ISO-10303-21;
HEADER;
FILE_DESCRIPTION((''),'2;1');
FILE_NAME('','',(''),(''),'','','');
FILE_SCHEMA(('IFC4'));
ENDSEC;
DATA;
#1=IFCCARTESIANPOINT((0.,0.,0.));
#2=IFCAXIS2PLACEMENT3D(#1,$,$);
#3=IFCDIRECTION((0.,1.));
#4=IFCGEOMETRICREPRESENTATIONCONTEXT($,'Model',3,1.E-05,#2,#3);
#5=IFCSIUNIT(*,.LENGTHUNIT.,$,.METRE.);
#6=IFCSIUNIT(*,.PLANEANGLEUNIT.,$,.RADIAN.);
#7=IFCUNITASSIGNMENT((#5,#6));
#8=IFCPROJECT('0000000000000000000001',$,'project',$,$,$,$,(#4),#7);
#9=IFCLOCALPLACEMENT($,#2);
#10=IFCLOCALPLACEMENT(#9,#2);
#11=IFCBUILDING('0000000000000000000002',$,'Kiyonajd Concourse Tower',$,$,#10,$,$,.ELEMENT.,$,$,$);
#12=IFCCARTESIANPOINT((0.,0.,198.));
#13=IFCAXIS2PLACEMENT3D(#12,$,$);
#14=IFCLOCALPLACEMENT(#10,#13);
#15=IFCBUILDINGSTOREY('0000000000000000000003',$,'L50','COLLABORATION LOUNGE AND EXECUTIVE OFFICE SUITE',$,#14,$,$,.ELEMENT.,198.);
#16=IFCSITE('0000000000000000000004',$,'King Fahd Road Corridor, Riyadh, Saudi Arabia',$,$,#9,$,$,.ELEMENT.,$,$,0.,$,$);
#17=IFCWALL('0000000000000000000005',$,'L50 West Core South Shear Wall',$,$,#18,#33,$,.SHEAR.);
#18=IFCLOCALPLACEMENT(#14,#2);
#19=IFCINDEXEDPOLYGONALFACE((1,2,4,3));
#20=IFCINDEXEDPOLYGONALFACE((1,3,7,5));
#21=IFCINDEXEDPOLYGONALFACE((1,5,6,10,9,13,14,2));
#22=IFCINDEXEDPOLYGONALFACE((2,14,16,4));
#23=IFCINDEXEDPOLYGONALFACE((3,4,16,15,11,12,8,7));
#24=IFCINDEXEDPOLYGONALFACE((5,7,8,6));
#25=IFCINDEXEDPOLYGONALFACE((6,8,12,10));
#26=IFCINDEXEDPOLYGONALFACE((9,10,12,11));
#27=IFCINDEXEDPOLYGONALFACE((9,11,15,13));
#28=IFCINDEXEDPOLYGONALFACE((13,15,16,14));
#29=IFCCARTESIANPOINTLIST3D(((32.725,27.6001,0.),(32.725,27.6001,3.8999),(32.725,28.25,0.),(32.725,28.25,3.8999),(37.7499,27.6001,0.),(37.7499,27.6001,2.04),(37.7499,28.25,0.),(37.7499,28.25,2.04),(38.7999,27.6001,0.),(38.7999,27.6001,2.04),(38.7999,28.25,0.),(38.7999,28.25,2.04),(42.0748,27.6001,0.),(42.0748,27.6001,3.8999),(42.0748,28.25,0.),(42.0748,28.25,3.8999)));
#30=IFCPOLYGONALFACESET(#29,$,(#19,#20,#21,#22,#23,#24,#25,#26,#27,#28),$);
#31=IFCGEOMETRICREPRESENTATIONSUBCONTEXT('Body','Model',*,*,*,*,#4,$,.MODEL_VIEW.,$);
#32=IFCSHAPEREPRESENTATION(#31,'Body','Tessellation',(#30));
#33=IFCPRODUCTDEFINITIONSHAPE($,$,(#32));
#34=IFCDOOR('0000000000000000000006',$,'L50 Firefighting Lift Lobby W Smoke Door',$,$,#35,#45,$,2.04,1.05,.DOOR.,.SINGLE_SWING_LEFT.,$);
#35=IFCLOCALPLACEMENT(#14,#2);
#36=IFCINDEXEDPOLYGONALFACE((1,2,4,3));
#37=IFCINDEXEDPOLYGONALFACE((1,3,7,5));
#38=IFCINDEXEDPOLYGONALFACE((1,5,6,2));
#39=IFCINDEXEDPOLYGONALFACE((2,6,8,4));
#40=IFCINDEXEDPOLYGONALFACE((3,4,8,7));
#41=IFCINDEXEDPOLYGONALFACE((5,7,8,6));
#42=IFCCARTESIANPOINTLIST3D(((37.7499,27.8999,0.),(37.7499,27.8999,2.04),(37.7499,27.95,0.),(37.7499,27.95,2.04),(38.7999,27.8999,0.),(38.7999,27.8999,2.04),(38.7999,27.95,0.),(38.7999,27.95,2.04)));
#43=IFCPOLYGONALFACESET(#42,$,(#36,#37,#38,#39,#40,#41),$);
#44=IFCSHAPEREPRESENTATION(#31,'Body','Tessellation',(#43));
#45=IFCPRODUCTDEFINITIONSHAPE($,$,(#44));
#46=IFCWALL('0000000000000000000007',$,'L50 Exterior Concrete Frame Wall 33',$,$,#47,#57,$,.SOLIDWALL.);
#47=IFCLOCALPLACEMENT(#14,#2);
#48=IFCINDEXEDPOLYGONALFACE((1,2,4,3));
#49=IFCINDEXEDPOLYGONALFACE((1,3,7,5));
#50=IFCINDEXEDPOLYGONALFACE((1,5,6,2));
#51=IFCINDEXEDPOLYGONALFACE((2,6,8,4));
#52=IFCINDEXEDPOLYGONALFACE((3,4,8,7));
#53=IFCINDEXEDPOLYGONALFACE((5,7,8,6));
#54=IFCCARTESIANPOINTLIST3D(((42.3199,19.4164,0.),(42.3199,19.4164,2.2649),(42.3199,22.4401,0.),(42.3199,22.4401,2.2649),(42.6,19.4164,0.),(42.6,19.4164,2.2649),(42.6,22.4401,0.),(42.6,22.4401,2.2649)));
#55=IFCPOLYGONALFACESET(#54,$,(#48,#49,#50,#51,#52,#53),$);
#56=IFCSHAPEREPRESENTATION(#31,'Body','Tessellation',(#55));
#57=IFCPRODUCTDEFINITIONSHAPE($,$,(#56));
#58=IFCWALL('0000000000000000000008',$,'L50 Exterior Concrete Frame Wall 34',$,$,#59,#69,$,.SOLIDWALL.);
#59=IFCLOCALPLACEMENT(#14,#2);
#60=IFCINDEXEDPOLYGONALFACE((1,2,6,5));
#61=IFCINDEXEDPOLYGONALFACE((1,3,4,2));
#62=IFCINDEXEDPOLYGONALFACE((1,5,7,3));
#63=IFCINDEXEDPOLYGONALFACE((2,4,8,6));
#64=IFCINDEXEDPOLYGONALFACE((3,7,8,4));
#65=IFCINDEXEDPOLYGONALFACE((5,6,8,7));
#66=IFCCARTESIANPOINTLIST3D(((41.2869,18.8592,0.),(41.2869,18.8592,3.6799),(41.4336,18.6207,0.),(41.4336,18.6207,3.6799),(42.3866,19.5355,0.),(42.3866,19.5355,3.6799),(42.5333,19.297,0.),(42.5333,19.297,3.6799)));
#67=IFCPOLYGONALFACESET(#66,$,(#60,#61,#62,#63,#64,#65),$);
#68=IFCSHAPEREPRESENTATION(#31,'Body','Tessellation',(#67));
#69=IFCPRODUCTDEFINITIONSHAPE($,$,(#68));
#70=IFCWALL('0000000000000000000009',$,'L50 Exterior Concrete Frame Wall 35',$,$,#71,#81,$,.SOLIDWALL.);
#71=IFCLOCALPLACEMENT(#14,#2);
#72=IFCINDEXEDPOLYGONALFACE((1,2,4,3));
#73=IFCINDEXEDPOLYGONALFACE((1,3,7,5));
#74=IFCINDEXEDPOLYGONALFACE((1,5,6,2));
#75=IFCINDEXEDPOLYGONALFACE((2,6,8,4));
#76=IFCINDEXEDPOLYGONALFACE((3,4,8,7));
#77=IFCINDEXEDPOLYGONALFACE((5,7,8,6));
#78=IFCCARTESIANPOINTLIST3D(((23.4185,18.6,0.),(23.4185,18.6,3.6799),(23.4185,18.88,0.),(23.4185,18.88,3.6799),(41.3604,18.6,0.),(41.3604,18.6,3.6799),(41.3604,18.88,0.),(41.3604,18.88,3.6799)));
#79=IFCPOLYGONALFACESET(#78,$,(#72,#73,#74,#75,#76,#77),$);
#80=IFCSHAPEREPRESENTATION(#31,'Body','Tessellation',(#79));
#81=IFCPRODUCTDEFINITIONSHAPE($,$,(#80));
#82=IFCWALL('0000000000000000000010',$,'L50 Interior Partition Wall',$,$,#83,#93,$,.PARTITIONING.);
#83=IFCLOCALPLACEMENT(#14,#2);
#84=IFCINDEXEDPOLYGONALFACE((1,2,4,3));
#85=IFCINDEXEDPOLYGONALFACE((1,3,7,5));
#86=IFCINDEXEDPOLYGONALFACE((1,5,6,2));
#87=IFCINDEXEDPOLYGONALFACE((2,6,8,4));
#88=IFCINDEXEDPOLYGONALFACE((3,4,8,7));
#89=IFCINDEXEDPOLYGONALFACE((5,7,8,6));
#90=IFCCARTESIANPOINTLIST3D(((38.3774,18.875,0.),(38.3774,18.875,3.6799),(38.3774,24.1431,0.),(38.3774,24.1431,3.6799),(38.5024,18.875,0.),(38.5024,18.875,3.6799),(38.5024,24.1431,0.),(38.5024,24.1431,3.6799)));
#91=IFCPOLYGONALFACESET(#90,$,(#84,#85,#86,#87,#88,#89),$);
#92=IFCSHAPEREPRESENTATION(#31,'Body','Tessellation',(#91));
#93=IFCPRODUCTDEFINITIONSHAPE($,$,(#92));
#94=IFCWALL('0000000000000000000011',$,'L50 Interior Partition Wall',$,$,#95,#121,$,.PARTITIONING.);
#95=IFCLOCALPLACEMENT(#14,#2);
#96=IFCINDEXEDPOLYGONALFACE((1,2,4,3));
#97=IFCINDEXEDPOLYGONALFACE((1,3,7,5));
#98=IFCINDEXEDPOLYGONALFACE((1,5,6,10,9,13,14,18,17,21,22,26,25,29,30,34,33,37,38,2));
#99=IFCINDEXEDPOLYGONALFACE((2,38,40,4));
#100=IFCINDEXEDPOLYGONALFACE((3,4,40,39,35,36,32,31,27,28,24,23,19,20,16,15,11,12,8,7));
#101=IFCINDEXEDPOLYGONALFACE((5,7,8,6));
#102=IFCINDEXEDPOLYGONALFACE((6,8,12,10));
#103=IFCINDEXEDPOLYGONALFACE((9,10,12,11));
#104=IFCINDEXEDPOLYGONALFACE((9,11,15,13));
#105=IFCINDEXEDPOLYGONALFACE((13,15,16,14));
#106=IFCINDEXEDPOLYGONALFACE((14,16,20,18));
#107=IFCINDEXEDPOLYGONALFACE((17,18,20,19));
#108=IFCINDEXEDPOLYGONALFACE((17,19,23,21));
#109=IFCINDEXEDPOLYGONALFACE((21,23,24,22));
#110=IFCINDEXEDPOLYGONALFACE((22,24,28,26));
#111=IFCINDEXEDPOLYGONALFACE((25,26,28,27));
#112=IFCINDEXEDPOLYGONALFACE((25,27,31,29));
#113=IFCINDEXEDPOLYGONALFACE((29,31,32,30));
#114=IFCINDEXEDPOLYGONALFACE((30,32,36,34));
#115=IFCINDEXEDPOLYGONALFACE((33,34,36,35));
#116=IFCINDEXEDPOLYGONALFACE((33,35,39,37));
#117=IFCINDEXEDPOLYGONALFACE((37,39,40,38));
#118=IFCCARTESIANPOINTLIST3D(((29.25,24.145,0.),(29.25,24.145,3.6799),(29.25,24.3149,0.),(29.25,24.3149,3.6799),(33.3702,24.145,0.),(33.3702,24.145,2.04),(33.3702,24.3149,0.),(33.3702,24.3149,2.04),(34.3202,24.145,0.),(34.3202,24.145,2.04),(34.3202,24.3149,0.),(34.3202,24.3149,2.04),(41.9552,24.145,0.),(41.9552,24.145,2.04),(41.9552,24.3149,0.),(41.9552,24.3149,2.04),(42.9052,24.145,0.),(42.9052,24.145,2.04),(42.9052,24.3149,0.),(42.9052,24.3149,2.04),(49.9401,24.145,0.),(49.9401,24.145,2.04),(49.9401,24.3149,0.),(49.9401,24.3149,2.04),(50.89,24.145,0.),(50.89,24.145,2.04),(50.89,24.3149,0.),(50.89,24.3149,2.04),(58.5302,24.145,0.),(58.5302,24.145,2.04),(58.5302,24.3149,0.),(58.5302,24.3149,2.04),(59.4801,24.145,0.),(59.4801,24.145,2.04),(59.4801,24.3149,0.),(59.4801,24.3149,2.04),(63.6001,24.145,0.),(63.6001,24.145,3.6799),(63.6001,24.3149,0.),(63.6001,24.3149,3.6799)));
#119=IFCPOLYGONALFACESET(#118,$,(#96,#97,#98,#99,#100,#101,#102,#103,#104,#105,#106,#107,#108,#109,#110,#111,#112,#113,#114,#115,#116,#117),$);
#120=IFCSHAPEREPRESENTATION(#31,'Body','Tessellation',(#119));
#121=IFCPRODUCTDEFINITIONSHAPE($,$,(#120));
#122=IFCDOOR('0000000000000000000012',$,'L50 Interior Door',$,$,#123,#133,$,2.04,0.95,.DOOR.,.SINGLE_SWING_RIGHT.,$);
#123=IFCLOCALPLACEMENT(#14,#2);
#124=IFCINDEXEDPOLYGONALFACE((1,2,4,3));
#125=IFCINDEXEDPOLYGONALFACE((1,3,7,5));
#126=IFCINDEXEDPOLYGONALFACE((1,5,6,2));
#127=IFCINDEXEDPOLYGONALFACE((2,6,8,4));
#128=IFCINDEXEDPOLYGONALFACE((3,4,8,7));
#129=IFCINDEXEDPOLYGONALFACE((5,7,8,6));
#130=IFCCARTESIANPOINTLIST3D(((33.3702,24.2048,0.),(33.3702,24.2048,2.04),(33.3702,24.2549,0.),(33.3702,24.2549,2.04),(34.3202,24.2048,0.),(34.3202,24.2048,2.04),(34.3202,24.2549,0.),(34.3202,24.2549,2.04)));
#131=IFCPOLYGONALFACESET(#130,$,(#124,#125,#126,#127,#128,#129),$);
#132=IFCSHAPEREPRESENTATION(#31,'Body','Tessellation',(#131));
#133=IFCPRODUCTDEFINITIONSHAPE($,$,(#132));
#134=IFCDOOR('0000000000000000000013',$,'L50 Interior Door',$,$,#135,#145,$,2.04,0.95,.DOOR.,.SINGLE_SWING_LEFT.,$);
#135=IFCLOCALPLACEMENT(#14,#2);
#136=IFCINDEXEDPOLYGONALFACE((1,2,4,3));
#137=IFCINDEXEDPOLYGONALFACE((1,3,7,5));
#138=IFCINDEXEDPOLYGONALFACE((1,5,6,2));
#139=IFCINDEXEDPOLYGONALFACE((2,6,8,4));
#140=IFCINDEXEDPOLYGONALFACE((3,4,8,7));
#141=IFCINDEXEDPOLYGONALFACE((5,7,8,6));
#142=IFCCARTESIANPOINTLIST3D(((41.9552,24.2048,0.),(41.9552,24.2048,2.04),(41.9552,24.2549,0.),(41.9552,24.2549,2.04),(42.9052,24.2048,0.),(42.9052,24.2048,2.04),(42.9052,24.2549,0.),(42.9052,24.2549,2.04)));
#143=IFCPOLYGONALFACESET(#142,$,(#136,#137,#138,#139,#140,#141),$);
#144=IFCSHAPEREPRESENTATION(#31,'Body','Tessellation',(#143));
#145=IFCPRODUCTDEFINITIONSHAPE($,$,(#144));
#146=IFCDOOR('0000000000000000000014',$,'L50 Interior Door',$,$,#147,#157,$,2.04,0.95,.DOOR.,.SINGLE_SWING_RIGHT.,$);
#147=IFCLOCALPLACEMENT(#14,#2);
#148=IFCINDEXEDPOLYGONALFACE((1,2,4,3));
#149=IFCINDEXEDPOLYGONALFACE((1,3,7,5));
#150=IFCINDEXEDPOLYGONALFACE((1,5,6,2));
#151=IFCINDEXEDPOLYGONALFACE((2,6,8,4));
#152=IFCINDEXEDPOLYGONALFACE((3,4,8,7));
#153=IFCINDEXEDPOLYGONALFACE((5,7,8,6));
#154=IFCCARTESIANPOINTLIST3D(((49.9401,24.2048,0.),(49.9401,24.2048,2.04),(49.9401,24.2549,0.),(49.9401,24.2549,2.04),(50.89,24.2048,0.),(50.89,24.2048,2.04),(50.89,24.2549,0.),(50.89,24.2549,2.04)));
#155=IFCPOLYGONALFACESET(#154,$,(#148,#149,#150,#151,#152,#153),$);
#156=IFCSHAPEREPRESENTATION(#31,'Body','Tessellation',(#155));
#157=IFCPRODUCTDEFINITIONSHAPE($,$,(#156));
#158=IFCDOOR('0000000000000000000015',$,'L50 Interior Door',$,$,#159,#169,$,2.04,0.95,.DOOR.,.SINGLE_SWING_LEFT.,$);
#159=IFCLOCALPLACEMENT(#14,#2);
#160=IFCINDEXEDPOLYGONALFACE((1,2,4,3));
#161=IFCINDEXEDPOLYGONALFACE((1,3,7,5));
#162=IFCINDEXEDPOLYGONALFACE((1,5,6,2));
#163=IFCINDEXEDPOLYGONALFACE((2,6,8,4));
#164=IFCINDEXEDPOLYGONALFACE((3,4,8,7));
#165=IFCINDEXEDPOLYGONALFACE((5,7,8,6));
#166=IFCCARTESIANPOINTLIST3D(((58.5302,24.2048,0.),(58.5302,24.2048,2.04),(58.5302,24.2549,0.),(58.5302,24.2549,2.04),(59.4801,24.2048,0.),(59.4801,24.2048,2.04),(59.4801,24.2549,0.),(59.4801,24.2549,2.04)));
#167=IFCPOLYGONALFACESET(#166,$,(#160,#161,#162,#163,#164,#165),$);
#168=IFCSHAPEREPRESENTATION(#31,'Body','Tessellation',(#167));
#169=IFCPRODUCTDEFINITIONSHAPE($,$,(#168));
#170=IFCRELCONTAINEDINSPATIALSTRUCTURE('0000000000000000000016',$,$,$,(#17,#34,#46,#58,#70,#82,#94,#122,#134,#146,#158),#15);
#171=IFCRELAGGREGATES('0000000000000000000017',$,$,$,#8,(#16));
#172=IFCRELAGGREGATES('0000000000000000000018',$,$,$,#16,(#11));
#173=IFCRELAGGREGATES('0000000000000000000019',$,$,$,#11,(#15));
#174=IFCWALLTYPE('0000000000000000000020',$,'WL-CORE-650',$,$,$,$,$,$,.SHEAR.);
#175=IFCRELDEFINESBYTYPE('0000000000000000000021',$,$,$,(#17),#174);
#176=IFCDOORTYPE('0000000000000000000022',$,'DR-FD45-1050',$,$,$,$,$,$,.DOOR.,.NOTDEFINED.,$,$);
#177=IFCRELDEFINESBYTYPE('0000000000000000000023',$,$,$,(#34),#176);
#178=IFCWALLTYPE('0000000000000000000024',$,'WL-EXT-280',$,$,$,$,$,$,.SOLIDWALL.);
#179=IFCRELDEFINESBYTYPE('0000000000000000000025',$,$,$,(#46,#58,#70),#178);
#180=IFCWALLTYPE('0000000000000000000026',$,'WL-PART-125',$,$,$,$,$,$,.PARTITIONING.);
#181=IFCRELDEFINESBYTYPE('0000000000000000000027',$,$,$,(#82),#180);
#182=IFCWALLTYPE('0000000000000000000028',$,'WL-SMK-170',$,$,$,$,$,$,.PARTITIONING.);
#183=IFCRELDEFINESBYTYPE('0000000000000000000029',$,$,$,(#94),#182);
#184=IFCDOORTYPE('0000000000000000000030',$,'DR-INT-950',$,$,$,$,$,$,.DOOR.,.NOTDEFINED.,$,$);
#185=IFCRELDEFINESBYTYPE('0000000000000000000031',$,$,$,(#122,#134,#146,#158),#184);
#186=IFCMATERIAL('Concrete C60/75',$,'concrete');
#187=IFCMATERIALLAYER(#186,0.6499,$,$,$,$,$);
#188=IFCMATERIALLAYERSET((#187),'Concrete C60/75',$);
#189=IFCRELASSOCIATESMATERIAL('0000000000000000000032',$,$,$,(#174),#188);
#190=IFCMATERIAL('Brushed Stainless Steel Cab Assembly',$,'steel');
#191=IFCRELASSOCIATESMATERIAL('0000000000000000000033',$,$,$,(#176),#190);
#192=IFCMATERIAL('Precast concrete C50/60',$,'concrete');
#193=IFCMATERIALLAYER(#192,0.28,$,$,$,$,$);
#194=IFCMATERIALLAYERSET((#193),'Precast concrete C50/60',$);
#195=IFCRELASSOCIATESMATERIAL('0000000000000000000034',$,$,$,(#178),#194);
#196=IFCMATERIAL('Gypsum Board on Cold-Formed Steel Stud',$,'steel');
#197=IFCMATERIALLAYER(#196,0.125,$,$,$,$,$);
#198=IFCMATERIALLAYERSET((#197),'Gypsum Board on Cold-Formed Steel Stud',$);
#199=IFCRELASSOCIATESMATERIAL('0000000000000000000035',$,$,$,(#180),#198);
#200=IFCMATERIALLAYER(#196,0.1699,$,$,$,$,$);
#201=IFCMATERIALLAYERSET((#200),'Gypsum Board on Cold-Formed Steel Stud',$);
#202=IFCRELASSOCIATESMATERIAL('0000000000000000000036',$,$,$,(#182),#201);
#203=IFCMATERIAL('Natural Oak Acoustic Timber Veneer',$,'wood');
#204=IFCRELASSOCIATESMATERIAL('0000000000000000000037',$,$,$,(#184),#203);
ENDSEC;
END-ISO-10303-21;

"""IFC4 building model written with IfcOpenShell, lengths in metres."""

from ifc_helpers import new_model, si_unit, direction, frame, frame_2d, origin, place, context, subcontext, project, spatial, rectangle, extrude, material, layer, layer_set, type_object, element, fill, save


model = new_model("IFC4")

# Units and contexts
model_context = context("Model", 3, precision=1e-05, world=origin(), true_north=direction((0.0, 1.0)))
body_context = subcontext(model_context, "Body", "Model", "MODEL_VIEW")
ifc_project = project(units=[si_unit("LENGTHUNIT", "METRE"), si_unit("PLANEANGLEUNIT", "RADIAN")], contexts=[model_context])

# Site, building, storey
site_placement = place(None, origin())
site = spatial("IfcSite", under=ifc_project, at=site_placement, Name="King Fahd Road Corridor, Riyadh, Saudi Arabia", CompositionType="ELEMENT", RefElevation=0.0)
building_placement = place(site_placement, origin())
building = spatial("IfcBuilding", under=site, at=building_placement, Name="Kiyonajd Concourse Tower", CompositionType="ELEMENT")
storey_placement = place(building_placement, frame((0.0, 0.0, 198.0)))
storey = spatial("IfcBuildingStorey", under=building, at=storey_placement, Name="L50", Description="COLLABORATION LOUNGE AND EXECUTIVE OFFICE SUITE", CompositionType="ELEMENT", Elevation=198.0)

# Shared definitions
ifc_material_1 = material(Name="Concrete C60/75", Category="concrete")

# Shared definitions
ifc_layer_1 = layer(ifc_material_1, 0.6499)
ifc_layer_set_1 = layer_set([ifc_layer_1], Name="Concrete C60/75")
wall_type_1 = type_object("IfcWallType", Name="WL-CORE-650", PredefinedType="SHEAR", material=ifc_layer_set_1)

# Wall, opening, door
wall_1_placement = place(storey_placement, frame((32.7251, 27.925, 0.0), z_axis=(0.0, 0.0, 1.0), x_axis=(1.0, 0.0, 0.0)))
wall_1 = element("IfcWall", 1, at=wall_1_placement, inside=storey, type_object=wall_type_1, Name="L50 West Core South Shear Wall", PredefinedType="SHEAR", context=body_context, shape_type="SweptSolid", body=[
    extrude(rectangle(XDim=9.3499, YDim=0.6499, at=frame_2d((4.6748, 0.0))), origin(), (0.0, 0.0, 1.0), 3.8999),
])
opening_1_placement = place(wall_1_placement, frame((5.0249, 0.0, 0.0)))
opening_1 = element("IfcOpeningElement", 2, at=opening_1_placement, cuts=wall_1, PredefinedType="OPENING", context=body_context, shape_type="SweptSolid", body=[
    extrude(rectangle(XDim=1.05, YDim=2.04, at=frame_2d((0.5249, 1.02))), frame((0.0, 0.335, 0.0), z_axis=(0.0, -1.0, 0.0), x_axis=(1.0, 0.0, 0.0)), (0.0, 0.0, 1.0), 0.6699),
])
ifc_material_2 = material(Name="Brushed Stainless Steel Cab Assembly", Category="steel")
door_type_1 = type_object("IfcDoorType", Name="DR-FD45-1050", OperationType="NOTDEFINED", PredefinedType="DOOR", material=ifc_material_2)
door_1_placement = place(opening_1_placement, origin())
door_1 = element("IfcDoor", 3, at=door_1_placement, inside=storey, type_object=door_type_1, Name="L50 Firefighting Lift Lobby W Smoke Door", OperationType="SINGLE_SWING_LEFT", OverallHeight=2.04, OverallWidth=1.05, PredefinedType="DOOR", context=body_context, shape_type="SweptSolid", body=[
    extrude(rectangle(XDim=1.05, YDim=2.04, at=frame_2d((0.5249, 1.02))), frame((0.0, 0.0249, 0.0), z_axis=(0.0, -1.0, 0.0), x_axis=(1.0, 0.0, 0.0)), (0.0, 0.0, 1.0), 0.05),
])
fill(opening_1, door_1)

# Walls
ifc_material_3 = material(Name="Precast concrete C50/60", Category="concrete")
ifc_layer_2 = layer(ifc_material_3, 0.28)
ifc_layer_set_2 = layer_set([ifc_layer_2], Name="Precast concrete C50/60")
wall_type_2 = type_object("IfcWallType", Name="WL-EXT-280", PredefinedType="SOLIDWALL", material=ifc_layer_set_2)
wall_2_placement = place(storey_placement, frame((42.46, 22.4399, 0.0), z_axis=(0.0, 0.0, 1.0), x_axis=(0.0, -1.0, 0.0)))
element("IfcWall", 4, at=wall_2_placement, inside=storey, type_object=wall_type_2, Name="L50 Exterior Concrete Frame Wall 33", PredefinedType="SOLIDWALL", context=body_context, shape_type="SweptSolid", body=[
    extrude(rectangle(XDim=3.0237, YDim=0.28, at=frame_2d((1.5117, 0.0))), origin(), (0.0, 0.0, 1.0), 2.2649),
])
wall_3_placement = place(storey_placement, frame((42.46, 19.4163, 0.0), z_axis=(0.0, 0.0, 1.0), x_axis=(-0.851801, -0.523865, 0.0)))
element("IfcWall", 5, at=wall_3_placement, inside=storey, type_object=wall_type_2, Name="L50 Exterior Concrete Frame Wall 34", PredefinedType="SOLIDWALL", context=body_context, shape_type="SweptSolid", body=[
    extrude(rectangle(XDim=1.291, YDim=0.28, at=frame_2d((0.6455, 0.0))), origin(), (0.0, 0.0, 1.0), 3.6799),
])
wall_4_placement = place(storey_placement, frame((41.3604, 18.74, 0.0), z_axis=(0.0, 0.0, 1.0), x_axis=(-1.0, 0.0, 0.0)))
element("IfcWall", 6, at=wall_4_placement, inside=storey, type_object=wall_type_2, Name="L50 Exterior Concrete Frame Wall 35", PredefinedType="SOLIDWALL", context=body_context, shape_type="SweptSolid", body=[
    extrude(rectangle(XDim=17.9419, YDim=0.28, at=frame_2d((8.9709, 0.0))), origin(), (0.0, 0.0, 1.0), 3.6799),
])
ifc_material_4 = material(Name="Gypsum Board on Cold-Formed Steel Stud", Category="steel")
ifc_layer_3 = layer(ifc_material_4, 0.125)
ifc_layer_set_3 = layer_set([ifc_layer_3], Name="Gypsum Board on Cold-Formed Steel Stud")
wall_type_3 = type_object("IfcWallType", Name="WL-PART-125", PredefinedType="PARTITIONING", material=ifc_layer_set_3)
wall_5_placement = place(storey_placement, frame((38.4399, 18.875, 0.0), z_axis=(0.0, 0.0, 1.0), x_axis=(0.0, 1.0, 0.0)))
element("IfcWall", 7, at=wall_5_placement, inside=storey, type_object=wall_type_3, Name="L50 Interior Partition Wall", PredefinedType="PARTITIONING", context=body_context, shape_type="SweptSolid", body=[
    extrude(rectangle(XDim=5.2681, YDim=0.125, at=frame_2d((2.634, 0.0))), origin(), (0.0, 0.0, 1.0), 3.6799),
])

# Wall, openings, doors
ifc_layer_4 = layer(ifc_material_4, 0.1699)
ifc_layer_set_4 = layer_set([ifc_layer_4], Name="Gypsum Board on Cold-Formed Steel Stud")
wall_type_4 = type_object("IfcWallType", Name="WL-SMK-170", PredefinedType="PARTITIONING", material=ifc_layer_set_4)
wall_6_placement = place(storey_placement, frame((29.25, 24.23, 0.0), z_axis=(0.0, 0.0, 1.0), x_axis=(1.0, 0.0, 0.0)))
wall_6 = element("IfcWall", 8, at=wall_6_placement, inside=storey, type_object=wall_type_4, Name="L50 Interior Partition Wall", PredefinedType="PARTITIONING", context=body_context, shape_type="SweptSolid", body=[
    extrude(rectangle(XDim=34.3501, YDim=0.1699, at=frame_2d((17.175, 0.0))), origin(), (0.0, 0.0, 1.0), 3.6799),
])
opening_2_placement = place(wall_6_placement, frame((4.1201, 0.0, 0.0)))
opening_2 = element("IfcOpeningElement", 9, at=opening_2_placement, cuts=wall_6, PredefinedType="OPENING", context=body_context, shape_type="SweptSolid", body=[
    extrude(rectangle(XDim=0.95, YDim=2.04, at=frame_2d((0.4751, 1.02))), frame((0.0, 0.095, 0.0), z_axis=(0.0, -1.0, 0.0), x_axis=(1.0, 0.0, 0.0)), (0.0, 0.0, 1.0), 0.1899),
])
opening_3_placement = place(wall_6_placement, frame((12.7051, 0.0, 0.0)))
opening_3 = element("IfcOpeningElement", 10, at=opening_3_placement, cuts=wall_6, PredefinedType="OPENING", context=body_context, shape_type="SweptSolid", body=[
    extrude(rectangle(XDim=0.95, YDim=2.04, at=frame_2d((0.4751, 1.02))), frame((0.0, 0.095, 0.0), z_axis=(0.0, -1.0, 0.0), x_axis=(1.0, 0.0, 0.0)), (0.0, 0.0, 1.0), 0.1899),
])
opening_4_placement = place(wall_6_placement, frame((20.6899, 0.0, 0.0)))
opening_4 = element("IfcOpeningElement", 11, at=opening_4_placement, cuts=wall_6, PredefinedType="OPENING", context=body_context, shape_type="SweptSolid", body=[
    extrude(rectangle(XDim=0.95, YDim=2.04, at=frame_2d((0.4751, 1.02))), frame((0.0, 0.095, 0.0), z_axis=(0.0, -1.0, 0.0), x_axis=(1.0, 0.0, 0.0)), (0.0, 0.0, 1.0), 0.1899),
])
opening_5_placement = place(wall_6_placement, frame((29.28, 0.0, 0.0)))
opening_5 = element("IfcOpeningElement", 12, at=opening_5_placement, cuts=wall_6, PredefinedType="OPENING", context=body_context, shape_type="SweptSolid", body=[
    extrude(rectangle(XDim=0.95, YDim=2.04, at=frame_2d((0.4751, 1.02))), frame((0.0, 0.095, 0.0), z_axis=(0.0, -1.0, 0.0), x_axis=(1.0, 0.0, 0.0)), (0.0, 0.0, 1.0), 0.1899),
])
ifc_material_5 = material(Name="Natural Oak Acoustic Timber Veneer", Category="wood")
door_type_2 = type_object("IfcDoorType", Name="DR-INT-950", OperationType="NOTDEFINED", PredefinedType="DOOR", material=ifc_material_5)
door_2_placement = place(opening_2_placement, origin())
door_2 = element("IfcDoor", 13, at=door_2_placement, inside=storey, type_object=door_type_2, Name="L50 Interior Door", OperationType="SINGLE_SWING_RIGHT", OverallHeight=2.04, OverallWidth=0.95, PredefinedType="DOOR", context=body_context, shape_type="SweptSolid", body=[
    extrude(rectangle(XDim=0.95, YDim=2.04, at=frame_2d((0.4751, 1.02))), frame((0.0, 0.0249, 0.0), z_axis=(0.0, -1.0, 0.0), x_axis=(1.0, 0.0, 0.0)), (0.0, 0.0, 1.0), 0.05),
])
fill(opening_2, door_2)
door_3_placement = place(opening_3_placement, origin())
door_3 = element("IfcDoor", 14, at=door_3_placement, inside=storey, type_object=door_type_2, Name="L50 Interior Door", OperationType="SINGLE_SWING_LEFT", OverallHeight=2.04, OverallWidth=0.95, PredefinedType="DOOR", context=body_context, shape_type="SweptSolid", body=[
    extrude(rectangle(XDim=0.95, YDim=2.04, at=frame_2d((0.4751, 1.02))), frame((0.0, 0.0249, 0.0), z_axis=(0.0, -1.0, 0.0), x_axis=(1.0, 0.0, 0.0)), (0.0, 0.0, 1.0), 0.05),
])
fill(opening_3, door_3)
door_4_placement = place(opening_4_placement, origin())
door_4 = element("IfcDoor", 15, at=door_4_placement, inside=storey, type_object=door_type_2, Name="L50 Interior Door", OperationType="SINGLE_SWING_RIGHT", OverallHeight=2.04, OverallWidth=0.95, PredefinedType="DOOR", context=body_context, shape_type="SweptSolid", body=[
    extrude(rectangle(XDim=0.95, YDim=2.04, at=frame_2d((0.4751, 1.02))), frame((0.0, 0.0249, 0.0), z_axis=(0.0, -1.0, 0.0), x_axis=(1.0, 0.0, 0.0)), (0.0, 0.0, 1.0), 0.05),
])
fill(opening_4, door_4)
door_5_placement = place(opening_5_placement, origin())
door_5 = element("IfcDoor", 16, at=door_5_placement, inside=storey, type_object=door_type_2, Name="L50 Interior Door", OperationType="SINGLE_SWING_LEFT", OverallHeight=2.04, OverallWidth=0.95, PredefinedType="DOOR", context=body_context, shape_type="SweptSolid", body=[
    extrude(rectangle(XDim=0.95, YDim=2.04, at=frame_2d((0.4751, 1.02))), frame((0.0, 0.0249, 0.0), z_axis=(0.0, -1.0, 0.0), x_axis=(1.0, 0.0, 0.0)), (0.0, 0.0, 1.0), 0.05),
])
fill(opening_5, door_5)

save(model, "model.ifc")
